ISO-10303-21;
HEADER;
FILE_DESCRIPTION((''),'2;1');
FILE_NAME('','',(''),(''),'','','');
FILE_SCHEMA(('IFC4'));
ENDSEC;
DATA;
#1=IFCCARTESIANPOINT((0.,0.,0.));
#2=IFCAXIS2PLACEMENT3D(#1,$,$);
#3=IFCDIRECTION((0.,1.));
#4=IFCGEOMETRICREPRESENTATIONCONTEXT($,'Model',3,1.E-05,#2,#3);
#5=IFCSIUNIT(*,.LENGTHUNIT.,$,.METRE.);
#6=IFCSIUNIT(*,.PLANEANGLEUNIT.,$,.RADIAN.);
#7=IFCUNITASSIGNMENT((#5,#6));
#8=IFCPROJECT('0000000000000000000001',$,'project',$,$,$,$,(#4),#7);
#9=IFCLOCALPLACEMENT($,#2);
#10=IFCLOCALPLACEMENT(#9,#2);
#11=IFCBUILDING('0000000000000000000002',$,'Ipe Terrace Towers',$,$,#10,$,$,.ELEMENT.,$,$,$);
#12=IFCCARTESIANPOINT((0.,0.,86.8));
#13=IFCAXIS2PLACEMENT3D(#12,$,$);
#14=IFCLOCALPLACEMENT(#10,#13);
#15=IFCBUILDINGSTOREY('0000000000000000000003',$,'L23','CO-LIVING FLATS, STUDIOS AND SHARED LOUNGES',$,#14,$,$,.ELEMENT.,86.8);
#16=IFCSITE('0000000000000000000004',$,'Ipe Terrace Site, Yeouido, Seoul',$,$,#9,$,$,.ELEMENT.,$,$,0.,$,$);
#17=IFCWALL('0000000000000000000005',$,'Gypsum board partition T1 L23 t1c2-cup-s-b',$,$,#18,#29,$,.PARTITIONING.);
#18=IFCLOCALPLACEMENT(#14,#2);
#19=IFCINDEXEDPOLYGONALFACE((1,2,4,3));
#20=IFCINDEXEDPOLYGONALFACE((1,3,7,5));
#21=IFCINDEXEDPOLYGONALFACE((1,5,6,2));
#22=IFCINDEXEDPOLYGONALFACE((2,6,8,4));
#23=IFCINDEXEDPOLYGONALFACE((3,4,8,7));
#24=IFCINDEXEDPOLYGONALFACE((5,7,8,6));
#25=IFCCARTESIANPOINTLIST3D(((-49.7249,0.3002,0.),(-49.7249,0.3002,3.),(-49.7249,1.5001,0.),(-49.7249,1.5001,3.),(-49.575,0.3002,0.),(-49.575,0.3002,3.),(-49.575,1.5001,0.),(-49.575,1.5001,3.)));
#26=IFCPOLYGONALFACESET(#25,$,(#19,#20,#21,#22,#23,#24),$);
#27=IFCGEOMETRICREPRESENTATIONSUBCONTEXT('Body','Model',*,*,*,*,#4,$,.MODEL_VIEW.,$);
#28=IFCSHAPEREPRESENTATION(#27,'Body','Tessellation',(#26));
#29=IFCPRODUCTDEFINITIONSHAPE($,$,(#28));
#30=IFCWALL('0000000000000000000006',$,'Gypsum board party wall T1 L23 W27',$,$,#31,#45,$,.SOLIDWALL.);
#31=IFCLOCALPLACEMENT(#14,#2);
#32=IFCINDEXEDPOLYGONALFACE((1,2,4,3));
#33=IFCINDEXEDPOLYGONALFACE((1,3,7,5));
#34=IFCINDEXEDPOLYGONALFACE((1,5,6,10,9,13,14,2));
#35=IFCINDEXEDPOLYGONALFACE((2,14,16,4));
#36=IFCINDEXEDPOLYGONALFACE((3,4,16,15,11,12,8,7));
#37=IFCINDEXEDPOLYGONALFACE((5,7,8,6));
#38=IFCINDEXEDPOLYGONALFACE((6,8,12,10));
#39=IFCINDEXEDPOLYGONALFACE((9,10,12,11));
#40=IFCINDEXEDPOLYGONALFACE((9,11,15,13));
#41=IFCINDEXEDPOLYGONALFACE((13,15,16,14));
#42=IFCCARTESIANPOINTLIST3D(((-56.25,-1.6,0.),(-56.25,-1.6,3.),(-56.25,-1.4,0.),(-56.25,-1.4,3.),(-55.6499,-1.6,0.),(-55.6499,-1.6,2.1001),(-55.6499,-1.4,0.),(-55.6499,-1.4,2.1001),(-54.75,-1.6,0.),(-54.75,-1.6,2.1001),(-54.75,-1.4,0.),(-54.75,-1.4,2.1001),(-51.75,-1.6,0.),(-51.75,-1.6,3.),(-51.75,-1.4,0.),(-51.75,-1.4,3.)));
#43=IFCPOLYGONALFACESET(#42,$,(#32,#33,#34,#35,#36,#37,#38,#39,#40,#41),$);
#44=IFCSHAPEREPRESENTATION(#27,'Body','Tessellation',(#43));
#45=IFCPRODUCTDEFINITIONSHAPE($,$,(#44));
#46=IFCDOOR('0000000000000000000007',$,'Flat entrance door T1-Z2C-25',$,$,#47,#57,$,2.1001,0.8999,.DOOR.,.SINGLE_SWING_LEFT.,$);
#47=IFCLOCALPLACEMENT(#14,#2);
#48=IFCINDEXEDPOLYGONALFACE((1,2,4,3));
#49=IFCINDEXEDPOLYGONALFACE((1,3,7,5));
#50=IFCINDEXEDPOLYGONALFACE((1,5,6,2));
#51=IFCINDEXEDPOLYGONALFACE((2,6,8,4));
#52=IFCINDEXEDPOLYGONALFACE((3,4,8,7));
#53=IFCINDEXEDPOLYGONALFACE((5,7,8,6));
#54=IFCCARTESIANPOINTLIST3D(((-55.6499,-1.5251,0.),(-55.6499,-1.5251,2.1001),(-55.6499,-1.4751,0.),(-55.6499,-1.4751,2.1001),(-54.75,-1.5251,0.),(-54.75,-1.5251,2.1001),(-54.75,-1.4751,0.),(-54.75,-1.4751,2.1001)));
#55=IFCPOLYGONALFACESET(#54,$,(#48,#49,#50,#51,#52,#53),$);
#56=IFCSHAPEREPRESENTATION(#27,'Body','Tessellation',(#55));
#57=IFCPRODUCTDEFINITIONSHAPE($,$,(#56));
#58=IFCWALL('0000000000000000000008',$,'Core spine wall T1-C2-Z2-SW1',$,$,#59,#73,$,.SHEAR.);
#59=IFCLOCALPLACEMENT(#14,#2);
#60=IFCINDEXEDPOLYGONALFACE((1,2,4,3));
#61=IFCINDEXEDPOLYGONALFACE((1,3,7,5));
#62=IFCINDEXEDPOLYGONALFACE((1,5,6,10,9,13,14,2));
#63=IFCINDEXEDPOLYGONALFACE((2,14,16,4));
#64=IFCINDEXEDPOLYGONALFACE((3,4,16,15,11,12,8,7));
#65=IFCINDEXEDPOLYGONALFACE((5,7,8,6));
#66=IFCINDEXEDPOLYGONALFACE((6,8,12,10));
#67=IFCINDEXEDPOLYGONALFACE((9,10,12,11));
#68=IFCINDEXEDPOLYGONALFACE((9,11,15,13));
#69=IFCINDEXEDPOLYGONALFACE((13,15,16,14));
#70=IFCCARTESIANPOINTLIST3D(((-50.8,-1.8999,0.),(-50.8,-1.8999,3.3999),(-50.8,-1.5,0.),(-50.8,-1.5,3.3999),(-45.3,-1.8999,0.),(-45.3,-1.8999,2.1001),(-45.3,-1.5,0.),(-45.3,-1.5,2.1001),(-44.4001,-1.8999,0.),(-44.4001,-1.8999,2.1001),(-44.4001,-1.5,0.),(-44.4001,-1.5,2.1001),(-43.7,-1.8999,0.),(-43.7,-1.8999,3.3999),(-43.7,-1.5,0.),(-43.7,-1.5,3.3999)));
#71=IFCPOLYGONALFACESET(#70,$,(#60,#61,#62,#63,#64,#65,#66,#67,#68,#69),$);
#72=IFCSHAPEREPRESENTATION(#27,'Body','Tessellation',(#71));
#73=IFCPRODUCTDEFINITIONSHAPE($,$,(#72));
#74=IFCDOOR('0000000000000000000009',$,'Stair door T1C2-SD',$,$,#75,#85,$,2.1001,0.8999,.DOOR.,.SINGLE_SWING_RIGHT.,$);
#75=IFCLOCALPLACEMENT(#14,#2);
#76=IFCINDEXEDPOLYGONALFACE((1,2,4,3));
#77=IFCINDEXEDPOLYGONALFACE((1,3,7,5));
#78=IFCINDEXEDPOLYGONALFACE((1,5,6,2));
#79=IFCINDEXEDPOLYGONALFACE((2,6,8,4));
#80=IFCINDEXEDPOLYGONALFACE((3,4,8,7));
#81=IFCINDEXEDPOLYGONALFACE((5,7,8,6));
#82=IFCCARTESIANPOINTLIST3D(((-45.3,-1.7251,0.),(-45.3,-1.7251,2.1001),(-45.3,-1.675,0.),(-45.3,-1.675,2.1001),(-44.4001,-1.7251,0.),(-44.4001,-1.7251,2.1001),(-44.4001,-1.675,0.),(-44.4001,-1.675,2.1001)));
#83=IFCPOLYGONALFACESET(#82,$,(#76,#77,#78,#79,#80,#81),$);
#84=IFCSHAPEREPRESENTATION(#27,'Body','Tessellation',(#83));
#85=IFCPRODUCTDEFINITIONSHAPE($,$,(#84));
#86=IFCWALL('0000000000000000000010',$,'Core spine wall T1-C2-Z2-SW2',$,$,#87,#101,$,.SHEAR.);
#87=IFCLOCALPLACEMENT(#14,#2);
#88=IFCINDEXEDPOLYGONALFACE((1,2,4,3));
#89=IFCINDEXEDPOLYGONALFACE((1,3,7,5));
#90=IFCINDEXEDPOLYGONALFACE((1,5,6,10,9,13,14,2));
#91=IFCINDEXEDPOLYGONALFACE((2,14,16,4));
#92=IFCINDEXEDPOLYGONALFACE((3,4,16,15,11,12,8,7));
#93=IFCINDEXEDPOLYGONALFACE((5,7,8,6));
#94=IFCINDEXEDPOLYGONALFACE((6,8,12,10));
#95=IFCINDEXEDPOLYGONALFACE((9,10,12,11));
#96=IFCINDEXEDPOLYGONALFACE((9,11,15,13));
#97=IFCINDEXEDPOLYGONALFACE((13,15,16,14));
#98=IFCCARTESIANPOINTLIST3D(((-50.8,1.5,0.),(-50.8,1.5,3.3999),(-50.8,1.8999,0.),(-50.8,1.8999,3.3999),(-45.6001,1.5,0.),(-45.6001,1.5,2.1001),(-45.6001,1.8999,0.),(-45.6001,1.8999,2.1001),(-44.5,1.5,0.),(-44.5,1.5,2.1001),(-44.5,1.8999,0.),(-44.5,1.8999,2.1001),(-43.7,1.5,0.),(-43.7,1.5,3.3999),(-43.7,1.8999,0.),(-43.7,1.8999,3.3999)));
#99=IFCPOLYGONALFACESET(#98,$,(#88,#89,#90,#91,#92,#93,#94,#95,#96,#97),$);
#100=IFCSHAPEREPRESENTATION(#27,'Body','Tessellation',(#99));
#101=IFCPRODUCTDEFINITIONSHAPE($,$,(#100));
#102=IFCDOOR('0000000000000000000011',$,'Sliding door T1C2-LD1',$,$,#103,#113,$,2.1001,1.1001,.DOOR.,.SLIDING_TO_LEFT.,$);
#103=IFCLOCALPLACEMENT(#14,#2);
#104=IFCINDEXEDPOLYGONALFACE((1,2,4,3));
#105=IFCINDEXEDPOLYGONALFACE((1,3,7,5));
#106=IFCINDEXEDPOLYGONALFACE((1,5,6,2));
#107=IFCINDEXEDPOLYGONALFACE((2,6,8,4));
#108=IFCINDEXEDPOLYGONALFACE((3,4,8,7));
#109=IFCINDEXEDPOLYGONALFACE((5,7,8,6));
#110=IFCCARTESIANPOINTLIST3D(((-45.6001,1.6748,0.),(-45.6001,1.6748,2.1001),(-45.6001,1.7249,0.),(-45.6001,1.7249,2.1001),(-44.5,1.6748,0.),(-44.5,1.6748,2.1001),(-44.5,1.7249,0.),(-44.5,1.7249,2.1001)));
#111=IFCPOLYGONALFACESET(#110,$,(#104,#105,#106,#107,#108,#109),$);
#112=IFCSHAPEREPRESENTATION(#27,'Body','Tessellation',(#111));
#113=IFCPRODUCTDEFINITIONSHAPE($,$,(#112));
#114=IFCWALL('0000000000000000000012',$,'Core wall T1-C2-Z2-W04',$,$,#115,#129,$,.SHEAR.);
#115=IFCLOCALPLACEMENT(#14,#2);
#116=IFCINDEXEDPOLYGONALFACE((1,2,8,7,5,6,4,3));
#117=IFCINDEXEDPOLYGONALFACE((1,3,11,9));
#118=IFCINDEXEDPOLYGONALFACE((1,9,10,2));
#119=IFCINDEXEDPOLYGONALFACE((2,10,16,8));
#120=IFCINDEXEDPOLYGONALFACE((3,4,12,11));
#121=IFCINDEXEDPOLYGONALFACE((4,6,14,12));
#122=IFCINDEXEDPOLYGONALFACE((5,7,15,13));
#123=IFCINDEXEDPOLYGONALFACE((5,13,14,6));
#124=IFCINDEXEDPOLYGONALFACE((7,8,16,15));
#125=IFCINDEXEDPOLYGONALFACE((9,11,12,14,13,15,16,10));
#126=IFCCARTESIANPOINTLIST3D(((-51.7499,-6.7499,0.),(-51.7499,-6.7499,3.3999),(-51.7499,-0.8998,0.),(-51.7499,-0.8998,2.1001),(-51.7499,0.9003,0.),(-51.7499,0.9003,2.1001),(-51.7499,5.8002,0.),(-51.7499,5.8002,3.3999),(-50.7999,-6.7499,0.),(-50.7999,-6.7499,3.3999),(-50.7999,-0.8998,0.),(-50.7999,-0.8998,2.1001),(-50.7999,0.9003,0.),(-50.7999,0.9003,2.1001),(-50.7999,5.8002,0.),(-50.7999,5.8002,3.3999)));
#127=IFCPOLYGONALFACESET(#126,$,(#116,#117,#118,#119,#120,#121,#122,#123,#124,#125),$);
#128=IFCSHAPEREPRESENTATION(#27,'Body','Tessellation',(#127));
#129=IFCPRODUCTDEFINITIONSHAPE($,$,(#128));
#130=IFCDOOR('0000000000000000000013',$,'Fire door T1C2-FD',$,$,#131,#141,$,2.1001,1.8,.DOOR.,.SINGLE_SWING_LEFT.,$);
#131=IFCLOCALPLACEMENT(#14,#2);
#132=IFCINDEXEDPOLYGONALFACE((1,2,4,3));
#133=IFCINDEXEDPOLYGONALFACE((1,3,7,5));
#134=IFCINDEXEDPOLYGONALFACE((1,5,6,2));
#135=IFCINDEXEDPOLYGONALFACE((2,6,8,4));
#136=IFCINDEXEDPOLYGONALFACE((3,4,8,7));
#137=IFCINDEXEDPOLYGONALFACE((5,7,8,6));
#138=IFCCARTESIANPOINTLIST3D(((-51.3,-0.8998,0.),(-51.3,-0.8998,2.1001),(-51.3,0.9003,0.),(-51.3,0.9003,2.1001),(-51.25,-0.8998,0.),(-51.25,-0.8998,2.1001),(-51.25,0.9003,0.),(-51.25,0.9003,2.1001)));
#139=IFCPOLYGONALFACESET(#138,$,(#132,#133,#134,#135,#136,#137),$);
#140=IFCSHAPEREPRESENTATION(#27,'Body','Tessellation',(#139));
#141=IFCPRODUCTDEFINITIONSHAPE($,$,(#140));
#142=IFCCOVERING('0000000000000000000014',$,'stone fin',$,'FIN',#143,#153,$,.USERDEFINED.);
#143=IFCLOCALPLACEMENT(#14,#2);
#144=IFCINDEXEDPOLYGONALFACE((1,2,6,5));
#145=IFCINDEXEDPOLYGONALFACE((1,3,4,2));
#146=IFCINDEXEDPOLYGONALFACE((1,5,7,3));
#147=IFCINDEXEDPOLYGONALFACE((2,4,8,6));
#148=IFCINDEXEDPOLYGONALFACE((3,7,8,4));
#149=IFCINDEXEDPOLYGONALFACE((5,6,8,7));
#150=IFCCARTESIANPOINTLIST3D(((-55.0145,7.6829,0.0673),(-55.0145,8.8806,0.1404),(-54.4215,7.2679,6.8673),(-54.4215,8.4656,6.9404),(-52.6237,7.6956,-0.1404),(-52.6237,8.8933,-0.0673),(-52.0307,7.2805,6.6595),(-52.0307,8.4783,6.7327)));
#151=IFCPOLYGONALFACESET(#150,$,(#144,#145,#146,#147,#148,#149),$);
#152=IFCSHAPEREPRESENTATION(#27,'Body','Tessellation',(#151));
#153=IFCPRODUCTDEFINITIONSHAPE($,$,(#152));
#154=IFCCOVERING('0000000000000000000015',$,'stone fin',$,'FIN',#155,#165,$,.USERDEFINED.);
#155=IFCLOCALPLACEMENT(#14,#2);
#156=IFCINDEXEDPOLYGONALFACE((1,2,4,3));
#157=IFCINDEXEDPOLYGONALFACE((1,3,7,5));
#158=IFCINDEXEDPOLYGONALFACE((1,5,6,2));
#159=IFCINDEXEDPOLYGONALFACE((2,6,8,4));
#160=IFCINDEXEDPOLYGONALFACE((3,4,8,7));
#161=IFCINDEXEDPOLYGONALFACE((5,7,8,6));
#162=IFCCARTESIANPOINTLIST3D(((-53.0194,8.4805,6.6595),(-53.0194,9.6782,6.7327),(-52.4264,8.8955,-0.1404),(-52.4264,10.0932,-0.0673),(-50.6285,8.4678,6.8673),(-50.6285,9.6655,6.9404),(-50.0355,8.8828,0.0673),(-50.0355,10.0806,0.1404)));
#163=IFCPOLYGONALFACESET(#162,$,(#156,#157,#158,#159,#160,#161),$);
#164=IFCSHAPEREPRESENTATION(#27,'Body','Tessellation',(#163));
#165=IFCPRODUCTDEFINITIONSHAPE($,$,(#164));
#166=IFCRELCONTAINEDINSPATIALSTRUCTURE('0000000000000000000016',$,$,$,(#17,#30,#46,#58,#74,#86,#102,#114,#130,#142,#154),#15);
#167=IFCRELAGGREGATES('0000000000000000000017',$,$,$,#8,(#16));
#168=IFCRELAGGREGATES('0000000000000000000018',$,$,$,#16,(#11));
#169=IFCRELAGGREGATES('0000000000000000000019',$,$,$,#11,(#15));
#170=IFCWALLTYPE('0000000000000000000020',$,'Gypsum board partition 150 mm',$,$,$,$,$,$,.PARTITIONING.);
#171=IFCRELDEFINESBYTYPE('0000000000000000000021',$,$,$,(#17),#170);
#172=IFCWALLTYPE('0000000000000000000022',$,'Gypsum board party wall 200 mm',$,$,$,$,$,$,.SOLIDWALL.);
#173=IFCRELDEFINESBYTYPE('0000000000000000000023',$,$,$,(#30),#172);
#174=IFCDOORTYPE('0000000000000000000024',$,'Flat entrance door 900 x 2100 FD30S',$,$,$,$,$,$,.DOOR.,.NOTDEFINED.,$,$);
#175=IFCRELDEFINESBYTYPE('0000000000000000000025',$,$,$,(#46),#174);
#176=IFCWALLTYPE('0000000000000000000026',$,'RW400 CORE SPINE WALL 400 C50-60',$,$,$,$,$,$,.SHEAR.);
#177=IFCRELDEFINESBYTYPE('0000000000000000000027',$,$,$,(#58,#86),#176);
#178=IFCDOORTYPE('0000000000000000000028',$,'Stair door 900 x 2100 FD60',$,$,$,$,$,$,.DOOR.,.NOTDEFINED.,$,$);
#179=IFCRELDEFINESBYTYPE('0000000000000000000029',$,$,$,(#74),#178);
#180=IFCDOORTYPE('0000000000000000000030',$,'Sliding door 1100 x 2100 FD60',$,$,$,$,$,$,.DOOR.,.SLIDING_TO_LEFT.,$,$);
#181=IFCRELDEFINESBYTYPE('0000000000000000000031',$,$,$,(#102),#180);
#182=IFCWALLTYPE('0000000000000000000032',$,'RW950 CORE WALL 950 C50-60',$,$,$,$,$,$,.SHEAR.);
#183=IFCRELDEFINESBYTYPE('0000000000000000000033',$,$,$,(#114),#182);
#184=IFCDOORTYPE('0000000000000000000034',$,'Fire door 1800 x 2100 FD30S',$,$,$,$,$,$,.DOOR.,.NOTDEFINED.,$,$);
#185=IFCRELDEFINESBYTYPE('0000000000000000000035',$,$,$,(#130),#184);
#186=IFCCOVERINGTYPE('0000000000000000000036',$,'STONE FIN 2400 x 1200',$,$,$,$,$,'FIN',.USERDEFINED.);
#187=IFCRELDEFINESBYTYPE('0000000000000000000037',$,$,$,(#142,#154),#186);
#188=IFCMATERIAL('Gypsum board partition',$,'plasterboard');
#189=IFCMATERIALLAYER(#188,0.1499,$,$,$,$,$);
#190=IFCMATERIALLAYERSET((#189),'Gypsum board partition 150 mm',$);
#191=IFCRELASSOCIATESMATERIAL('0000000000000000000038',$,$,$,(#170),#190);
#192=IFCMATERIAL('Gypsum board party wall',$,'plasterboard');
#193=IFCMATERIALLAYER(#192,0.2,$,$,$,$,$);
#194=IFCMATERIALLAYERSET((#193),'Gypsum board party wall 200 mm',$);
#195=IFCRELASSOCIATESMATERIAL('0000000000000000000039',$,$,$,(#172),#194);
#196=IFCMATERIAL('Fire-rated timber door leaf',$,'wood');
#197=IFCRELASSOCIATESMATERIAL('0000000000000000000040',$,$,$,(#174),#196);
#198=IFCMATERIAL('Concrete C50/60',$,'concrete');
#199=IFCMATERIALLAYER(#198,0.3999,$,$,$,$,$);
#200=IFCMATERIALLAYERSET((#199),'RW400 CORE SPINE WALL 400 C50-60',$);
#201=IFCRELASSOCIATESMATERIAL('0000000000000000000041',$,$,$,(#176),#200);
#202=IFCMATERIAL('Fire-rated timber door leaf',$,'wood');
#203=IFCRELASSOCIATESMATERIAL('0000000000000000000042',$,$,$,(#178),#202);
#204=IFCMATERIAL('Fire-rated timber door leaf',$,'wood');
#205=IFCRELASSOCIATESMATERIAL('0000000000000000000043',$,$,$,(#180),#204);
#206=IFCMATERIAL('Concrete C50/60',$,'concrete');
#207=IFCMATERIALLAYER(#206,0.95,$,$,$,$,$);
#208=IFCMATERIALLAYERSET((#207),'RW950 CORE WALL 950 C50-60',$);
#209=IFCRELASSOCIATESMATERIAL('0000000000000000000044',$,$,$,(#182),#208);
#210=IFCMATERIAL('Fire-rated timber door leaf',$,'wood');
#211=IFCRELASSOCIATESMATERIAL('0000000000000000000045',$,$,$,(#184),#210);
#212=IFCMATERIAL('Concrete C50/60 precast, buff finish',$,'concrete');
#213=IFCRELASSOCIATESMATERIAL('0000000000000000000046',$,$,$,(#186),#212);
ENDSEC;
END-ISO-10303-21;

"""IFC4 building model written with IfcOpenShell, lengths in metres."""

from ifc_helpers import new_model, si_unit, direction, frame, frame_2d, origin, origin_2d, place, context, subcontext, project, spatial, rectangle, extrude, material, layer, layer_set, material_profile, profile_set, type_object, element, fill, save


model = new_model("IFC4")

# Units and contexts
model_context = context("Model", 3, precision=1e-05, world=origin(), true_north=direction((0.0, 1.0)))
body_context = subcontext(model_context, "Body", "Model", "MODEL_VIEW")
ifc_project = project(units=[si_unit("LENGTHUNIT", "METRE"), si_unit("PLANEANGLEUNIT", "RADIAN")], contexts=[model_context])

# Site, building, storey
site_placement = place(None, origin())
site = spatial("IfcSite", under=ifc_project, at=site_placement, Name="Ipe Terrace Site, Yeouido, Seoul", CompositionType="ELEMENT", RefElevation=0.0)
building_placement = place(site_placement, origin())
building = spatial("IfcBuilding", under=site, at=building_placement, Name="Ipe Terrace Towers", CompositionType="ELEMENT")
storey_placement = place(building_placement, frame((0.0, 0.0, 86.8)))
storey = spatial("IfcBuildingStorey", under=building, at=storey_placement, Name="L23", Description="CO-LIVING FLATS, STUDIOS AND SHARED LOUNGES", CompositionType="ELEMENT", Elevation=86.8)

# Wall
ifc_material_1 = material(Name="Gypsum board partition", Category="plasterboard")
ifc_layer_1 = layer(ifc_material_1, 0.1499)
ifc_layer_set_1 = layer_set([ifc_layer_1], Name="Gypsum board partition 150 mm")
wall_type_1 = type_object("IfcWallType", Name="Gypsum board partition 150 mm", PredefinedType="PARTITIONING", material=ifc_layer_set_1)
wall_1_placement = place(storey_placement, frame((-49.6499, 0.3, 0.0), z_axis=(0.0, 0.0, 1.0), x_axis=(0.0, 1.0, 0.0)))
element("IfcWall", 1, at=wall_1_placement, inside=storey, type_object=wall_type_1, Name="Gypsum board partition T1 L23 t1c2-cup-s-b", PredefinedType="PARTITIONING", context=body_context, shape_type="SweptSolid", body=[
    extrude(rectangle(XDim=1.2, YDim=0.1499, at=frame_2d((0.6001, 0.0))), origin(), (0.0, 0.0, 1.0), 3.0),
])

# Walls, openings, doors
ifc_material_2 = material(Name="Gypsum board party wall", Category="plasterboard")
ifc_layer_2 = layer(ifc_material_2, 0.2)
ifc_layer_set_2 = layer_set([ifc_layer_2], Name="Gypsum board party wall 200 mm")
wall_type_2 = type_object("IfcWallType", Name="Gypsum board party wall 200 mm", PredefinedType="SOLIDWALL", material=ifc_layer_set_2)
wall_2_placement = place(storey_placement, frame((-56.25, -1.5, 0.0), z_axis=(0.0, 0.0, 1.0), x_axis=(1.0, 0.0, 0.0)))
wall_2 = element("IfcWall", 2, at=wall_2_placement, inside=storey, type_object=wall_type_2, Name="Gypsum board party wall T1 L23 W27", PredefinedType="SOLIDWALL", context=body_context, shape_type="SweptSolid", body=[
    extrude(rectangle(XDim=4.5, YDim=0.2, at=frame_2d((2.25, 0.0))), origin(), (0.0, 0.0, 1.0), 3.0),
])
opening_1_placement = place(wall_2_placement, frame((0.6001, 0.0, 0.0)))
opening_1 = element("IfcOpeningElement", 3, at=opening_1_placement, cuts=wall_2, PredefinedType="OPENING", context=body_context, shape_type="SweptSolid", body=[
    extrude(rectangle(XDim=0.8999, YDim=2.1001, at=frame_2d((0.45, 1.05))), frame((0.0, 0.1099, 0.0), z_axis=(0.0, -1.0, 0.0), x_axis=(1.0, 0.0, 0.0)), (0.0, 0.0, 1.0), 0.22),
])
ifc_material_3 = material(Name="Fire-rated timber door leaf", Category="wood")
door_type_1 = type_object("IfcDoorType", Name="Flat entrance door 900 x 2100 FD30S", OperationType="NOTDEFINED", PredefinedType="DOOR", material=ifc_material_3)
door_1_placement = place(opening_1_placement, origin())
door_1 = element("IfcDoor", 4, at=door_1_placement, inside=storey, type_object=door_type_1, Name="Flat entrance door T1-Z2C-25", OperationType="SINGLE_SWING_LEFT", OverallHeight=2.1001, OverallWidth=0.8999, PredefinedType="DOOR", context=body_context, shape_type="SweptSolid", body=[
    extrude(rectangle(XDim=0.8999, YDim=2.1001, at=frame_2d((0.45, 1.05))), frame((0.0, 0.0249, 0.0), z_axis=(0.0, -1.0, 0.0), x_axis=(1.0, 0.0, 0.0)), (0.0, 0.0, 1.0), 0.05),
])
fill(opening_1, door_1)
ifc_material_4 = material(Name="Concrete C50/60", Category="concrete")
ifc_layer_3 = layer(ifc_material_4, 0.3999)
ifc_layer_set_3 = layer_set([ifc_layer_3], Name="RW400 CORE SPINE WALL 400 C50-60")
wall_type_3 = type_object("IfcWallType", Name="RW400 CORE SPINE WALL 400 C50-60", PredefinedType="SHEAR", material=ifc_layer_set_3)
wall_3_placement = place(storey_placement, frame((-50.8, -1.7, 0.0), z_axis=(0.0, 0.0, 1.0), x_axis=(1.0, 0.0, 0.0)))
wall_3 = element("IfcWall", 5, at=wall_3_placement, inside=storey, type_object=wall_type_3, Name="Core spine wall T1-C2-Z2-SW1", PredefinedType="SHEAR", context=body_context, shape_type="SweptSolid", body=[
    extrude(rectangle(XDim=7.1001, YDim=0.3999, at=frame_2d((3.55, 0.0))), origin(), (0.0, 0.0, 1.0), 3.3999),
])
opening_2_placement = place(wall_3_placement, frame((5.5, 0.0, 0.0)))
opening_2 = element("IfcOpeningElement", 6, at=opening_2_placement, cuts=wall_3, PredefinedType="OPENING", context=body_context, shape_type="SweptSolid", body=[
    extrude(rectangle(XDim=0.8999, YDim=2.1001, at=frame_2d((0.45, 1.05))), frame((0.0, 0.21, 0.0), z_axis=(0.0, -1.0, 0.0), x_axis=(1.0, 0.0, 0.0)), (0.0, 0.0, 1.0), 0.4199),
])
ifc_material_5 = material(Name="Fire-rated timber door leaf", Category="wood")
door_type_2 = type_object("IfcDoorType", Name="Stair door 900 x 2100 FD60", OperationType="NOTDEFINED", PredefinedType="DOOR", material=ifc_material_5)
door_2_placement = place(opening_2_placement, origin())
door_2 = element("IfcDoor", 7, at=door_2_placement, inside=storey, type_object=door_type_2, Name="Stair door T1C2-SD", OperationType="SINGLE_SWING_RIGHT", OverallHeight=2.1001, OverallWidth=0.8999, PredefinedType="DOOR", context=body_context, shape_type="SweptSolid", body=[
    extrude(rectangle(XDim=0.8999, YDim=2.1001, at=frame_2d((0.45, 1.05))), frame((0.0, 0.0249, 0.0), z_axis=(0.0, -1.0, 0.0), x_axis=(1.0, 0.0, 0.0)), (0.0, 0.0, 1.0), 0.05),
])
fill(opening_2, door_2)
wall_4_placement = place(storey_placement, frame((-50.8, 1.7, 0.0), z_axis=(0.0, 0.0, 1.0), x_axis=(1.0, 0.0, 0.0)))
wall_4 = element("IfcWall", 8, at=wall_4_placement, inside=storey, type_object=wall_type_3, Name="Core spine wall T1-C2-Z2-SW2", PredefinedType="SHEAR", context=body_context, shape_type="SweptSolid", body=[
    extrude(rectangle(XDim=7.1001, YDim=0.3999, at=frame_2d((3.55, 0.0))), origin(), (0.0, 0.0, 1.0), 3.3999),
])
opening_3_placement = place(wall_4_placement, frame((5.2, 0.0, 0.0)))
opening_3 = element("IfcOpeningElement", 9, at=opening_3_placement, cuts=wall_4, PredefinedType="OPENING", context=body_context, shape_type="SweptSolid", body=[
    extrude(rectangle(XDim=1.1001, YDim=2.1001, at=frame_2d((0.55, 1.05))), frame((0.0, 0.21, 0.0), z_axis=(0.0, -1.0, 0.0), x_axis=(1.0, 0.0, 0.0)), (0.0, 0.0, 1.0), 0.4199),
])
ifc_material_6 = material(Name="Fire-rated timber door leaf", Category="wood")
door_type_3 = type_object("IfcDoorType", Name="Sliding door 1100 x 2100 FD60", OperationType="SLIDING_TO_LEFT", PredefinedType="DOOR", material=ifc_material_6)
door_3_placement = place(opening_3_placement, origin())
door_3 = element("IfcDoor", 10, at=door_3_placement, inside=storey, type_object=door_type_3, Name="Sliding door T1C2-LD1", OperationType="SLIDING_TO_LEFT", OverallHeight=2.1001, OverallWidth=1.1001, PredefinedType="DOOR", context=body_context, shape_type="SweptSolid", body=[
    extrude(rectangle(XDim=1.1001, YDim=2.1001, at=frame_2d((0.55, 1.05))), frame((0.0, 0.0249, 0.0), z_axis=(0.0, -1.0, 0.0), x_axis=(1.0, 0.0, 0.0)), (0.0, 0.0, 1.0), 0.05),
])
fill(opening_3, door_3)
ifc_material_7 = material(Name="Concrete C50/60", Category="concrete")
ifc_layer_4 = layer(ifc_material_7, 0.95)
ifc_layer_set_4 = layer_set([ifc_layer_4], Name="RW950 CORE WALL 950 C50-60")
wall_type_4 = type_object("IfcWallType", Name="RW950 CORE WALL 950 C50-60", PredefinedType="SHEAR", material=ifc_layer_set_4)
wall_5_placement = place(storey_placement, frame((-51.2749, 5.8, 0.0), z_axis=(0.0, 0.0, 1.0), x_axis=(0.0, -1.0, 0.0)))
wall_5 = element("IfcWall", 11, at=wall_5_placement, inside=storey, type_object=wall_type_4, Name="Core wall T1-C2-Z2-W04", PredefinedType="SHEAR", context=body_context, shape_type="SweptSolid", body=[
    extrude(rectangle(XDim=12.55, YDim=0.95, at=frame_2d((6.2749, 0.0))), origin(), (0.0, 0.0, 1.0), 3.3999),
])
opening_4_placement = place(wall_5_placement, frame((4.8999, 0.0, 0.0)))
opening_4 = element("IfcOpeningElement", 12, at=opening_4_placement, cuts=wall_5, PredefinedType="OPENING", context=body_context, shape_type="SweptSolid", body=[
    extrude(rectangle(XDim=1.8, YDim=2.1001, at=frame_2d((0.8999, 1.05))), frame((0.0, 0.4849, 0.0), z_axis=(0.0, -1.0, 0.0), x_axis=(1.0, 0.0, 0.0)), (0.0, 0.0, 1.0), 0.97),
])
ifc_material_8 = material(Name="Fire-rated timber door leaf", Category="wood")
door_type_4 = type_object("IfcDoorType", Name="Fire door 1800 x 2100 FD30S", OperationType="NOTDEFINED", PredefinedType="DOOR", material=ifc_material_8)
door_4_placement = place(opening_4_placement, origin())
door_4 = element("IfcDoor", 13, at=door_4_placement, inside=storey, type_object=door_type_4, Name="Fire door T1C2-FD", OperationType="SINGLE_SWING_LEFT", OverallHeight=2.1001, OverallWidth=1.8, PredefinedType="DOOR", context=body_context, shape_type="SweptSolid", body=[
    extrude(rectangle(XDim=1.8, YDim=2.1001, at=frame_2d((0.8999, 1.05))), frame((0.0, 0.0249, 0.0), z_axis=(0.0, -1.0, 0.0), x_axis=(1.0, 0.0, 0.0)), (0.0, 0.0, 1.0), 0.05),
])
fill(opening_4, door_4)

# Coverings
ifc_material_9 = material(Name="Concrete C50/60 precast, buff finish", Category="concrete")
ifc_material_profile_1 = material_profile(ifc_material_9, rectangle(XDim=2.3999, YDim=1.2, at=origin_2d()), Name="STONE FIN 2400 x 1200")
ifc_profile_set_1 = profile_set([ifc_material_profile_1], Name="Concrete C50/60 precast, buff finish")
covering_type_1 = type_object("IfcCoveringType", Name="STONE FIN 2400 x 1200", ElementType="FIN", PredefinedType="USERDEFINED", material=ifc_profile_set_1)
for number, where, z_axis, x_axis, name in (
    (14, (-53.8191, 8.2881, 0.0), (0.086718, -0.060692, 0.994382), (-0.996233, -0.005283, 0.086557), "stone fin"),
    (15, (-51.231, 9.488, 0.0), (-0.086718, -0.060692, 0.994382), (-0.996233, 0.005283, -0.086557), "stone fin"),
):
    element("IfcCovering", number, at=place(storey_placement, frame(where, z_axis=z_axis, x_axis=x_axis)), inside=storey, type_object=covering_type_1, Name=name, ObjectType="FIN", PredefinedType="USERDEFINED", context=body_context, shape_type="SweptSolid", body=[
        extrude(rectangle(XDim=2.3999, YDim=1.2, at=origin_2d()), origin(), (0.0, 0.0, 1.0), 6.8384),
    ])

save(model, "model.ifc")
